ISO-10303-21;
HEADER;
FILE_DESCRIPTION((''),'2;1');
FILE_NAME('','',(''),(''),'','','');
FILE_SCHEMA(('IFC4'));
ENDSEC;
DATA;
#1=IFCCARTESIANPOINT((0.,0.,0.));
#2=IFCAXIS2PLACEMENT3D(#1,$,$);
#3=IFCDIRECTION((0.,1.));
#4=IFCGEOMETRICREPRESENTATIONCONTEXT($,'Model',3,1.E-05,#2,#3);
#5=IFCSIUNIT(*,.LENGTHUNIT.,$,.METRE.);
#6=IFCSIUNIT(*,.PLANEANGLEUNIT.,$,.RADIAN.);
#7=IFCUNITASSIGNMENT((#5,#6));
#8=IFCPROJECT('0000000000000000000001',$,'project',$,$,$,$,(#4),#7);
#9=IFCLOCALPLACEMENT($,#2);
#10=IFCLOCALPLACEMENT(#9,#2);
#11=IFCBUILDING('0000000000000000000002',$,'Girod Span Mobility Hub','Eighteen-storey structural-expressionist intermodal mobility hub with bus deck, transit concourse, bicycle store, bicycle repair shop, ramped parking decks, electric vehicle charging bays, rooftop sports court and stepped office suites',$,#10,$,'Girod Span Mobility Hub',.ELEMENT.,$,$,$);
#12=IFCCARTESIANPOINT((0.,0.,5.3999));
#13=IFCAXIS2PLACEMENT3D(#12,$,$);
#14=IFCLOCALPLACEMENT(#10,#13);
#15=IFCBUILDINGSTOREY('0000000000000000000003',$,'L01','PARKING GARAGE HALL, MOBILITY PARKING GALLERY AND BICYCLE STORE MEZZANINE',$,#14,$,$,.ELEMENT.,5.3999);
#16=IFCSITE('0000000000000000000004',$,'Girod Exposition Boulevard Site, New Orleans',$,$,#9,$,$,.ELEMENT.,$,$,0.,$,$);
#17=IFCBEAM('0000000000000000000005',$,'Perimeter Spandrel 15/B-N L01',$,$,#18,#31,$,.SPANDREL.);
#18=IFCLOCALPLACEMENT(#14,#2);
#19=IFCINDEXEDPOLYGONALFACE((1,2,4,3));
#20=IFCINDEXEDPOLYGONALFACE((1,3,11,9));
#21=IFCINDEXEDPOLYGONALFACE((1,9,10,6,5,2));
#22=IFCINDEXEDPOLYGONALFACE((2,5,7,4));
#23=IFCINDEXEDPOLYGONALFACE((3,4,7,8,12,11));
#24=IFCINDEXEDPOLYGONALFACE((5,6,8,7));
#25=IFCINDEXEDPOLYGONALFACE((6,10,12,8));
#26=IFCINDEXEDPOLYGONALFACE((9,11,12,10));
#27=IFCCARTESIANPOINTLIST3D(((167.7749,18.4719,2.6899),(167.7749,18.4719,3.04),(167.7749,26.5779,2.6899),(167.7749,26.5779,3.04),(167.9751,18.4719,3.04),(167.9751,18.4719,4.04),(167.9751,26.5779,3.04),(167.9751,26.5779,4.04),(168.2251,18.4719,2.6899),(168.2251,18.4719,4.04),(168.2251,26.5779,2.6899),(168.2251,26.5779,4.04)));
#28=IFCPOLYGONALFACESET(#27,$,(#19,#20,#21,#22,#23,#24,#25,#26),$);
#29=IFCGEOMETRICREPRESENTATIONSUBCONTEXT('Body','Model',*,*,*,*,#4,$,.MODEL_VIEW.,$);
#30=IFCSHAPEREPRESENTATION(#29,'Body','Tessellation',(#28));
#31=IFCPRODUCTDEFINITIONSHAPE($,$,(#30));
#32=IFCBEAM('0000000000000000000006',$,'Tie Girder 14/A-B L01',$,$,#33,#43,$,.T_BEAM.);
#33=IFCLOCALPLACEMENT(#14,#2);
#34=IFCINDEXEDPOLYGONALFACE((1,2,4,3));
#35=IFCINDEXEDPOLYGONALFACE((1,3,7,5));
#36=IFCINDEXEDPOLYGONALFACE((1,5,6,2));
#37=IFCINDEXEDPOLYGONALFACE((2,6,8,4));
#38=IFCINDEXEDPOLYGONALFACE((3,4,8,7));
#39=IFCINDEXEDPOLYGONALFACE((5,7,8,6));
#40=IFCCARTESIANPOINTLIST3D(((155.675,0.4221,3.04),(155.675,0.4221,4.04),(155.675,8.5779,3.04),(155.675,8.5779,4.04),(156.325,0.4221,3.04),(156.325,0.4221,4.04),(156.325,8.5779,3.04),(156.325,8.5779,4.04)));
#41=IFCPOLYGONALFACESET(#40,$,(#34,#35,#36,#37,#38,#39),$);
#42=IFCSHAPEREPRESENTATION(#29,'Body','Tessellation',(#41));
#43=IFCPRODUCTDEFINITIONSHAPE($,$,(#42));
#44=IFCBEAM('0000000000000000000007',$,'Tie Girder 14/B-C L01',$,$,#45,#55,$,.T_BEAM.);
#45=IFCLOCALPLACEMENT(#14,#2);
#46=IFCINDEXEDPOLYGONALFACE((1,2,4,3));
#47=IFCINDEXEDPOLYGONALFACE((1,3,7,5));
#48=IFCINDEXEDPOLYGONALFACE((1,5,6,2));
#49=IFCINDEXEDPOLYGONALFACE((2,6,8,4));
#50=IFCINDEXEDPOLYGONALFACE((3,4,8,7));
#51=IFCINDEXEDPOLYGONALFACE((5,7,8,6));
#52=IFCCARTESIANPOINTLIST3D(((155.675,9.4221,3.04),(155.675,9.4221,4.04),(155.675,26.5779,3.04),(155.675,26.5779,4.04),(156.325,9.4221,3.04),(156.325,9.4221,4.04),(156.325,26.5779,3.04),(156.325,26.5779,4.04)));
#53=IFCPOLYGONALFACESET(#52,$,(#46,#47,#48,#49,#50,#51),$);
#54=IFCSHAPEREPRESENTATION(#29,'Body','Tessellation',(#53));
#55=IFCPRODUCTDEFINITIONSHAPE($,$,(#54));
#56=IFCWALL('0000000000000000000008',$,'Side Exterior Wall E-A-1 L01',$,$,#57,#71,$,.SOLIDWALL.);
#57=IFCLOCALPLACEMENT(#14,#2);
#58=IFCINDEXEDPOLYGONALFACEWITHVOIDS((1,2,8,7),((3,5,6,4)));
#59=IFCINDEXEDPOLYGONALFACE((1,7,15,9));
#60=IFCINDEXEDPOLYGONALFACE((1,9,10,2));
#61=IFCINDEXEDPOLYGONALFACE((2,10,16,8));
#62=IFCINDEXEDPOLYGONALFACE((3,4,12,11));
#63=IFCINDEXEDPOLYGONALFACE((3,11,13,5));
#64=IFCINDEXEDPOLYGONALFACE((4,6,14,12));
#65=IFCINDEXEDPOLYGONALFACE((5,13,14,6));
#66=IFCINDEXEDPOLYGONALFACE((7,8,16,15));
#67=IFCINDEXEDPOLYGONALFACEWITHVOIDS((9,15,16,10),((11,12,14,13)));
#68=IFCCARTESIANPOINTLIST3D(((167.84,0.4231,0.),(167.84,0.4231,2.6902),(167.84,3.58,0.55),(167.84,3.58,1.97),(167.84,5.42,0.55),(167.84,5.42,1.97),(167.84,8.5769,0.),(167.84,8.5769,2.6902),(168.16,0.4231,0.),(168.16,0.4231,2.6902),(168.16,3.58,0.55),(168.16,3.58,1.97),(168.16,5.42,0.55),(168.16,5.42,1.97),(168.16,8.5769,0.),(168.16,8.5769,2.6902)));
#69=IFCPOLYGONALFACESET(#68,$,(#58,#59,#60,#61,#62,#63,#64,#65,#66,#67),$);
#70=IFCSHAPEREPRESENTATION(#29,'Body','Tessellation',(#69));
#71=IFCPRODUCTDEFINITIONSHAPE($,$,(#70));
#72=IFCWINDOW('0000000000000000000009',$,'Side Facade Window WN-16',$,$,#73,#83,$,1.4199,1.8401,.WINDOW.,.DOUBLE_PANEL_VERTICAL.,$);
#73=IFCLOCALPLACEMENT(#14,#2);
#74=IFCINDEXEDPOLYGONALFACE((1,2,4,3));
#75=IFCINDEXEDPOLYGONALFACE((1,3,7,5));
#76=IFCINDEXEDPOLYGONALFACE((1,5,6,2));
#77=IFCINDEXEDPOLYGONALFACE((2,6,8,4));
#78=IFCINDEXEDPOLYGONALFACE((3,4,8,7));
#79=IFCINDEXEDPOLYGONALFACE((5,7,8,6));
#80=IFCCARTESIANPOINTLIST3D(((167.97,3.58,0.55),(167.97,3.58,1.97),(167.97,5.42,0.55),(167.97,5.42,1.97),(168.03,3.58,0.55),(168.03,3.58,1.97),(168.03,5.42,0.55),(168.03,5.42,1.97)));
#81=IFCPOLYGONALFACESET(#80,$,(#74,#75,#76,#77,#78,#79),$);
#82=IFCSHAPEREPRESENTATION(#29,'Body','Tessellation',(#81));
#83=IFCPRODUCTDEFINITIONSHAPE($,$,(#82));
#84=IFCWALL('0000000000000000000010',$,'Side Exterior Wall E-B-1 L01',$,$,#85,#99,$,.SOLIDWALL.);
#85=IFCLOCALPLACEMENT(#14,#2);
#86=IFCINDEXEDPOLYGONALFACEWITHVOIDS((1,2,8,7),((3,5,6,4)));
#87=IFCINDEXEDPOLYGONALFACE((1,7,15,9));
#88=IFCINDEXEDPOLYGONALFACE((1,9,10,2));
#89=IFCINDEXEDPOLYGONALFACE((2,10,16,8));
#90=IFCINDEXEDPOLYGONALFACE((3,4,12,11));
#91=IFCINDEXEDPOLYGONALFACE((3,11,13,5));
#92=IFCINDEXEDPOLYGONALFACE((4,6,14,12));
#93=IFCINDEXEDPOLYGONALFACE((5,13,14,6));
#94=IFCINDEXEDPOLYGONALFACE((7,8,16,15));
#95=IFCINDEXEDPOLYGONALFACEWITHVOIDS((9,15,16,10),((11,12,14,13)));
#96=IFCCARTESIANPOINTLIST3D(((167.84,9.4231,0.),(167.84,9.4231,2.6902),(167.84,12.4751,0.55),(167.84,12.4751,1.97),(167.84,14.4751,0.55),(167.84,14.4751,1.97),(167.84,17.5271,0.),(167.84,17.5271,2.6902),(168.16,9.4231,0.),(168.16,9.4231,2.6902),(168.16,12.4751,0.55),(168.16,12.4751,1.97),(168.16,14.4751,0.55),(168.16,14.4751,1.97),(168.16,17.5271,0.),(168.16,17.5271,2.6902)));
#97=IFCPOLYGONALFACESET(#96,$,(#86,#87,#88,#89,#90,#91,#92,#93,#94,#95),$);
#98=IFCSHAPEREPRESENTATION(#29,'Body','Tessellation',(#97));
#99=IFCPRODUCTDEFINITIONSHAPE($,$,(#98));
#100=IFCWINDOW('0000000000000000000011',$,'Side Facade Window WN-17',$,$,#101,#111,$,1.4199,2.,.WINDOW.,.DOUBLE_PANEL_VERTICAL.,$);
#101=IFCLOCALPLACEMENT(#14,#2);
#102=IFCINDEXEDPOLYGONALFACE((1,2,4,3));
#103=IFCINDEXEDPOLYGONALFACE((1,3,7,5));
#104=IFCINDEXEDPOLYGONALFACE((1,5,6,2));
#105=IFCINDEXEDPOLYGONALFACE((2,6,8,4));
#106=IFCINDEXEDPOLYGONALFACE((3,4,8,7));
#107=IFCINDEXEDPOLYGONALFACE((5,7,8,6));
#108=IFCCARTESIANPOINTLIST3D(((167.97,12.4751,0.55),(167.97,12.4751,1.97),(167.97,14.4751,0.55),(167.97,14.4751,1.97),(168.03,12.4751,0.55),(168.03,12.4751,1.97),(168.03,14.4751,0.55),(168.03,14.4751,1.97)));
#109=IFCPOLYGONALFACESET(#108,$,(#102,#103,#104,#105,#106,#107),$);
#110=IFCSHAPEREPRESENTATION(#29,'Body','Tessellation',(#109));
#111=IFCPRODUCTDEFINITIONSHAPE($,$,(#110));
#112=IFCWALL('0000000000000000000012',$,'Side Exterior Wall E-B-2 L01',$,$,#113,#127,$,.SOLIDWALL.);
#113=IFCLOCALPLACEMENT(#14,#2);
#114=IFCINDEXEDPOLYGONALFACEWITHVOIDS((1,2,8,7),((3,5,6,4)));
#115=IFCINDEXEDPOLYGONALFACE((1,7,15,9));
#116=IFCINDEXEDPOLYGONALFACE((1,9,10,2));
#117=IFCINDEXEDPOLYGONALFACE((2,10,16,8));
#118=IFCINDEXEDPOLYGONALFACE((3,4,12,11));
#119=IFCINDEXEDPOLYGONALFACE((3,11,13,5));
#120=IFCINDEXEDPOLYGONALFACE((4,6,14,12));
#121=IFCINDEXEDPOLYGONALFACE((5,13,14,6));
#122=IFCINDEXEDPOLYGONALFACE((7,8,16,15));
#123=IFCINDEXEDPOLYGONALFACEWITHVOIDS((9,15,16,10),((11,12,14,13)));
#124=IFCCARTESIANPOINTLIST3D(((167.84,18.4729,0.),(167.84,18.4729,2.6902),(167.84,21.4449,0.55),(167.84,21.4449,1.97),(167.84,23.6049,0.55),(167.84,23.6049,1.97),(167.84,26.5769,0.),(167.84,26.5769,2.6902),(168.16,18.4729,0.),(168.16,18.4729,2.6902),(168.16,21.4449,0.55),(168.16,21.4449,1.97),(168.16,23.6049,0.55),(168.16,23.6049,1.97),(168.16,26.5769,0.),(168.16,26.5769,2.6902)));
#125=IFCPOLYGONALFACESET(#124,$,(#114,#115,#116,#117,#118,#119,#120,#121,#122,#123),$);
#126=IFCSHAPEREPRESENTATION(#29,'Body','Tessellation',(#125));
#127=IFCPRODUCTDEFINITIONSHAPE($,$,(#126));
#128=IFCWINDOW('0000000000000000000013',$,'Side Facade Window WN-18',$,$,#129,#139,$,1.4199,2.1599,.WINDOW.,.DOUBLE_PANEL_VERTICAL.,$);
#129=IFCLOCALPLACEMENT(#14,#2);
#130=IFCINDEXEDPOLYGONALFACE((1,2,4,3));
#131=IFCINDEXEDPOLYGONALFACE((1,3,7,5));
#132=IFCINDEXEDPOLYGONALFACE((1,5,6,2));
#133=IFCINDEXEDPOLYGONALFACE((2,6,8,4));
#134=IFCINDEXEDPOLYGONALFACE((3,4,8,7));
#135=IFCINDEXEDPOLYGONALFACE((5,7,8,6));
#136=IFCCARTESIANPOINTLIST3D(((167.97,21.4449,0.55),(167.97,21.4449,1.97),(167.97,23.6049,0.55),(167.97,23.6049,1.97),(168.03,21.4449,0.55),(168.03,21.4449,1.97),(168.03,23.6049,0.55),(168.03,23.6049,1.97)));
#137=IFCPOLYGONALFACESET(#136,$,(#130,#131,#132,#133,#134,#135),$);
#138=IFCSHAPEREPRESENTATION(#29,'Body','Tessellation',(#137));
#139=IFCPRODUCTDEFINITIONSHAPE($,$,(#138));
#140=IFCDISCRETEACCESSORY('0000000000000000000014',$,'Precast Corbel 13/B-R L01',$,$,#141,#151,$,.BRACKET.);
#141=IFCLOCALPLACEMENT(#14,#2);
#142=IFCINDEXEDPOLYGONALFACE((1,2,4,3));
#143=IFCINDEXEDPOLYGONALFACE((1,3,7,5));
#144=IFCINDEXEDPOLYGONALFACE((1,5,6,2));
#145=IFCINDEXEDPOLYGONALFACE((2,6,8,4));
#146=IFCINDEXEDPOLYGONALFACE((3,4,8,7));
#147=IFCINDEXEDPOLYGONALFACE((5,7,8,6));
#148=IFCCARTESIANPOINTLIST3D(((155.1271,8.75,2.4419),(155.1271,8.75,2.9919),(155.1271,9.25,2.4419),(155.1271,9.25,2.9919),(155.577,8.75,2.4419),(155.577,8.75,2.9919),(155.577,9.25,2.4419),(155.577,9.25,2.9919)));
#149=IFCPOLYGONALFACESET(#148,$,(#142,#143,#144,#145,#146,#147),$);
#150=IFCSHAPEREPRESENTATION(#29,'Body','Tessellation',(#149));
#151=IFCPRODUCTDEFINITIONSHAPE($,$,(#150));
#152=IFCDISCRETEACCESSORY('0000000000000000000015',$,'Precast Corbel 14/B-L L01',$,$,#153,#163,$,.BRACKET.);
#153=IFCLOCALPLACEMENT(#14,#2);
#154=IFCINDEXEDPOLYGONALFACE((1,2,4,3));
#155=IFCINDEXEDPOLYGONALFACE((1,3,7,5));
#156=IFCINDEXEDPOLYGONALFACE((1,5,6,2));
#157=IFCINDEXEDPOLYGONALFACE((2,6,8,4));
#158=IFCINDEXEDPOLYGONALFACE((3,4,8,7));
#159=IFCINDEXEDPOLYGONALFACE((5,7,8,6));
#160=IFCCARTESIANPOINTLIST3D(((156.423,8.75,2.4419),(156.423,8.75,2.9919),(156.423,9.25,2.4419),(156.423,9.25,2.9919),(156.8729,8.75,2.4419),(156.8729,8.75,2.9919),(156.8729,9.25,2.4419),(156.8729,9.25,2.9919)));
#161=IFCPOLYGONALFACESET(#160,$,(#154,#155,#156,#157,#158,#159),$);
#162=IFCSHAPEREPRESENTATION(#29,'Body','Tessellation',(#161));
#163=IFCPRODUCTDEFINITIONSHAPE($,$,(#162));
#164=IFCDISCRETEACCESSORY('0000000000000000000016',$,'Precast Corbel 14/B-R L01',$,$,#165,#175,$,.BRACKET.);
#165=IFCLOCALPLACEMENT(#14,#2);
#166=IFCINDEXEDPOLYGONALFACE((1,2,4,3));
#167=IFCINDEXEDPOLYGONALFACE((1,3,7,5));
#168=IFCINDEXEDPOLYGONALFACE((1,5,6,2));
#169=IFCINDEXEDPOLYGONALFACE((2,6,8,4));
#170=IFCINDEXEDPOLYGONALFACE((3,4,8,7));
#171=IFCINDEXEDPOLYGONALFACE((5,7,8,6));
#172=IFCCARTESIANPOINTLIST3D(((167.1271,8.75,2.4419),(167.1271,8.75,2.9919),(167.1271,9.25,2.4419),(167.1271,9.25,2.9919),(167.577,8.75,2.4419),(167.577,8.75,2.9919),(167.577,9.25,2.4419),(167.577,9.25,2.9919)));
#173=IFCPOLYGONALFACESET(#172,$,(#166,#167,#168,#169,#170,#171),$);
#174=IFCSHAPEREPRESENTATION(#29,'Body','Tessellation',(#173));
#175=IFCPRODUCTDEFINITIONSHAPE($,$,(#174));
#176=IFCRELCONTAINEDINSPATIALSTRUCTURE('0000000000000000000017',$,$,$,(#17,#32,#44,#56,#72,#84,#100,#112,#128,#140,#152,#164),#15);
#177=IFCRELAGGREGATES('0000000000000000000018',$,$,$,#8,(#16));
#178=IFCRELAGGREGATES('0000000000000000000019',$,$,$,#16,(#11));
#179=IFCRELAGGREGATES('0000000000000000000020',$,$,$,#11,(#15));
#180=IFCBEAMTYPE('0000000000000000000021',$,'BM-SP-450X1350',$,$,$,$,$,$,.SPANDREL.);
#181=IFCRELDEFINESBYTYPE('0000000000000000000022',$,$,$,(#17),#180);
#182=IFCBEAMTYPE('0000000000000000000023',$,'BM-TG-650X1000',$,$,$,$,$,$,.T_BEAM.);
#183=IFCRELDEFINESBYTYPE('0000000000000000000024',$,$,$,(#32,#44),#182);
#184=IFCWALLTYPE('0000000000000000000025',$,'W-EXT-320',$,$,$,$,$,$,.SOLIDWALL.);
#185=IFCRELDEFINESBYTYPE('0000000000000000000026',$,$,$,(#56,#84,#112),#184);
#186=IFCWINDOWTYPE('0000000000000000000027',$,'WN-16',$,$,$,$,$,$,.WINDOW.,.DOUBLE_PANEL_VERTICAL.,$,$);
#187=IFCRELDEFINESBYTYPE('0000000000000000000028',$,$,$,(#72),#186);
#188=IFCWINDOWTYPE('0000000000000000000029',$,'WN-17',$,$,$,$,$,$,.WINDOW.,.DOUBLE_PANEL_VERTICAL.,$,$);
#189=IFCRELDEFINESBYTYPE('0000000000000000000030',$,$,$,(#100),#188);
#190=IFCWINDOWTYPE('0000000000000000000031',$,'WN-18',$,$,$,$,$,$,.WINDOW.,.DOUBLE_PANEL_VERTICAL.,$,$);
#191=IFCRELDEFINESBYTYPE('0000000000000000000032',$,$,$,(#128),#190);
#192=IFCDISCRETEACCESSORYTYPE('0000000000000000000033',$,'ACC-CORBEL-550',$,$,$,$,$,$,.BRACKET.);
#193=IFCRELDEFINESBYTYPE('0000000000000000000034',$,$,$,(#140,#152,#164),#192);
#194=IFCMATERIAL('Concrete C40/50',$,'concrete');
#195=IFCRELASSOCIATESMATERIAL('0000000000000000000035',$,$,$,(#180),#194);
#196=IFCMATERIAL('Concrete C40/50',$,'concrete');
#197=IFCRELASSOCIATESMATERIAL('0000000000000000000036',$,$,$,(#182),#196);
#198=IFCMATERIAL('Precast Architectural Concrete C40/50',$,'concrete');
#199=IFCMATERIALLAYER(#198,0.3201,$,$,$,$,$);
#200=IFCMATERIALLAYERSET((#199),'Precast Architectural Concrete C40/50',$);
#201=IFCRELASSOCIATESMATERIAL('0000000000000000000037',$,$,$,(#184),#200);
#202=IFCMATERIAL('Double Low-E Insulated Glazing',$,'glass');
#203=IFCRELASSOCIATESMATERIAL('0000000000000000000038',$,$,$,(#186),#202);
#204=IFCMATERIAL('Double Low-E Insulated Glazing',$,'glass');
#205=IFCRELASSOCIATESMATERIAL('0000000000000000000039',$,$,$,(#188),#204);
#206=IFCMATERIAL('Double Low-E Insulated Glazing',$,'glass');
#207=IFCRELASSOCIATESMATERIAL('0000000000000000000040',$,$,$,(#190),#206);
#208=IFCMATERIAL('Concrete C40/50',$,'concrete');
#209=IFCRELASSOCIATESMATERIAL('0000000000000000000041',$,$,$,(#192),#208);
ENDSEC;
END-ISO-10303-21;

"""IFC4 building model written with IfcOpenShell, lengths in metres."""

from ifc_helpers import new_model, si_unit, direction, frame, frame_2d, origin, origin_2d, place, context, subcontext, project, spatial, polyline, rectangle, outline, extrude, material, layer, layer_set, material_profile, profile_set, type_object, element, fill, save


model = new_model("IFC4")

# Units and contexts
model_context = context("Model", 3, precision=1e-05, world=origin(), true_north=direction((0.0, 1.0)))
body_context = subcontext(model_context, "Body", "Model", "MODEL_VIEW")
ifc_project = project(units=[si_unit("LENGTHUNIT", "METRE"), si_unit("PLANEANGLEUNIT", "RADIAN")], contexts=[model_context])

# Site, building, storey
site_placement = place(None, origin())
site = spatial("IfcSite", under=ifc_project, at=site_placement, Name="Girod Exposition Boulevard Site, New Orleans", CompositionType="ELEMENT", RefElevation=0.0)
building_placement = place(site_placement, origin())
building = spatial("IfcBuilding", under=site, at=building_placement, Name="Girod Span Mobility Hub", Description="Eighteen-storey structural-expressionist intermodal mobility hub with bus deck, transit concourse, bicycle store, bicycle repair shop, ramped parking decks, electric vehicle charging bays, rooftop sports court and stepped office suites", LongName="Girod Span Mobility Hub", CompositionType="ELEMENT")
storey_placement = place(building_placement, frame((0.0, 0.0, 5.3999)))
storey = spatial("IfcBuildingStorey", under=building, at=storey_placement, Name="L01", Description="PARKING GARAGE HALL, MOBILITY PARKING GALLERY AND BICYCLE STORE MEZZANINE", CompositionType="ELEMENT", Elevation=5.3999)

# Beams
ifc_material_1 = material(Name="Concrete C40/50", Category="concrete")
ifc_material_profile_1 = material_profile(ifc_material_1, outline(polyline([(-0.2251, -0.675), (0.2251, -0.675), (0.2251, -0.325), (0.0249, -0.325), (0.0249, 0.675), (-0.2251, 0.675), (-0.2251, -0.675)])), Name="SP-450X1350")
ifc_profile_set_1 = profile_set([ifc_material_profile_1], Name="Concrete C40/50")
beam_type_1 = type_object("IfcBeamType", Name="BM-SP-450X1350", PredefinedType="SPANDREL", material=ifc_profile_set_1)
for number, where, z_axis, x_axis, name in (
    (1, (168.0, 18.4719, 3.365), (0.0, 1.0, 0.0), (-1.0, 0.0, 0.0), "Perimeter Spandrel 15/B-N L01"),
):
    element("IfcBeam", number, at=place(storey_placement, frame(where, z_axis=z_axis, x_axis=x_axis)), inside=storey, type_object=beam_type_1, Name=name, PredefinedType="SPANDREL", context=body_context, shape_type="SweptSolid", body=[
        extrude(outline(polyline([(-0.2251, -0.675), (0.2251, -0.675), (0.2251, -0.325), (0.0249, -0.325), (0.0249, 0.675), (-0.2251, 0.675), (-0.2251, -0.675)])), origin(), (0.0, 0.0, 1.0), 8.106),
    ])
ifc_material_2 = material(Name="Concrete C40/50", Category="concrete")
ifc_material_profile_2 = material_profile(ifc_material_2, rectangle(XDim=0.6499, YDim=1.0, at=origin_2d()), Name="TG-650X1000")
ifc_profile_set_2 = profile_set([ifc_material_profile_2], Name="Concrete C40/50")
beam_type_2 = type_object("IfcBeamType", Name="BM-TG-650X1000", PredefinedType="T_BEAM", material=ifc_profile_set_2)
beam_1_placement = place(storey_placement, frame((156.0, 0.4221, 3.54), z_axis=(0.0, 1.0, 0.0), x_axis=(-1.0, 0.0, 0.0)))
element("IfcBeam", 2, at=beam_1_placement, inside=storey, type_object=beam_type_2, Name="Tie Girder 14/A-B L01", PredefinedType="T_BEAM", context=body_context, shape_type="SweptSolid", body=[
    extrude(rectangle(XDim=0.6499, YDim=1.0, at=origin_2d()), origin(), (0.0, 0.0, 1.0), 8.1558),
])
beam_2_placement = place(storey_placement, frame((156.0, 9.4221, 3.54), z_axis=(0.0, 1.0, 0.0), x_axis=(-1.0, 0.0, 0.0)))
element("IfcBeam", 3, at=beam_2_placement, inside=storey, type_object=beam_type_2, Name="Tie Girder 14/B-C L01", PredefinedType="T_BEAM", context=body_context, shape_type="SweptSolid", body=[
    extrude(rectangle(XDim=0.6499, YDim=1.0, at=origin_2d()), origin(), (0.0, 0.0, 1.0), 17.1558),
])

# Walls, openings, windows
ifc_material_3 = material(Name="Precast Architectural Concrete C40/50", Category="concrete")
ifc_layer = layer(ifc_material_3, 0.3201)
ifc_layer_set = layer_set([ifc_layer], Name="Precast Architectural Concrete C40/50")
wall_type = type_object("IfcWallType", Name="W-EXT-320", PredefinedType="SOLIDWALL", material=ifc_layer_set)
wall_1_placement = place(storey_placement, frame((168.0, 0.4231, 0.0), z_axis=(0.0, 0.0, 1.0), x_axis=(0.0, 1.0, 0.0)))
wall_1 = element("IfcWall", 4, at=wall_1_placement, inside=storey, type_object=wall_type, Name="Side Exterior Wall E-A-1 L01", PredefinedType="SOLIDWALL", context=body_context, shape_type="SweptSolid", body=[
    extrude(rectangle(XDim=8.1538, YDim=0.3201, at=frame_2d((4.0769, 0.0))), origin(), (0.0, 0.0, 1.0), 2.6902),
])
opening_1_placement = place(wall_1_placement, frame((3.157, 0.0, 0.55)))
opening_1 = element("IfcOpeningElement", 5, at=opening_1_placement, cuts=wall_1, PredefinedType="OPENING", context=body_context, shape_type="SweptSolid", body=[
    extrude(rectangle(XDim=1.8401, YDim=1.4199, at=frame_2d((0.9199, 0.71))), frame((0.0, 0.175, 0.0), z_axis=(0.0, -1.0, 0.0), x_axis=(1.0, 0.0, 0.0)), (0.0, 0.0, 1.0), 0.3501),
])
ifc_material_4 = material(Name="Double Low-E Insulated Glazing", Category="glass")
window_type_1 = type_object("IfcWindowType", Name="WN-16", PartitioningType="DOUBLE_PANEL_VERTICAL", PredefinedType="WINDOW", material=ifc_material_4)
window_1_placement = place(opening_1_placement, origin())
window_1 = element("IfcWindow", 6, at=window_1_placement, inside=storey, type_object=window_type_1, Name="Side Facade Window WN-16", OverallHeight=1.4199, OverallWidth=1.8401, PartitioningType="DOUBLE_PANEL_VERTICAL", PredefinedType="WINDOW", context=body_context, shape_type="SweptSolid", body=[
    extrude(rectangle(XDim=1.8401, YDim=1.4199, at=frame_2d((0.9199, 0.71))), frame((0.0, 0.03, 0.0), z_axis=(0.0, -1.0, 0.0), x_axis=(1.0, 0.0, 0.0)), (0.0, 0.0, 1.0), 0.0601),
])
fill(opening_1, window_1)
wall_2_placement = place(storey_placement, frame((168.0, 9.4231, 0.0), z_axis=(0.0, 0.0, 1.0), x_axis=(0.0, 1.0, 0.0)))
wall_2 = element("IfcWall", 7, at=wall_2_placement, inside=storey, type_object=wall_type, Name="Side Exterior Wall E-B-1 L01", PredefinedType="SOLIDWALL", context=body_context, shape_type="SweptSolid", body=[
    extrude(rectangle(XDim=8.104, YDim=0.3201, at=frame_2d((4.052, 0.0))), origin(), (0.0, 0.0, 1.0), 2.6902),
])
opening_2_placement = place(wall_2_placement, frame((3.052, 0.0, 0.55)))
opening_2 = element("IfcOpeningElement", 8, at=opening_2_placement, cuts=wall_2, PredefinedType="OPENING", context=body_context, shape_type="SweptSolid", body=[
    extrude(rectangle(XDim=2.0, YDim=1.4199, at=frame_2d((1.0, 0.71))), frame((0.0, 0.175, 0.0), z_axis=(0.0, -1.0, 0.0), x_axis=(1.0, 0.0, 0.0)), (0.0, 0.0, 1.0), 0.3501),
])
ifc_material_5 = material(Name="Double Low-E Insulated Glazing", Category="glass")
window_type_2 = type_object("IfcWindowType", Name="WN-17", PartitioningType="DOUBLE_PANEL_VERTICAL", PredefinedType="WINDOW", material=ifc_material_5)
window_2_placement = place(opening_2_placement, origin())
window_2 = element("IfcWindow", 9, at=window_2_placement, inside=storey, type_object=window_type_2, Name="Side Facade Window WN-17", OverallHeight=1.4199, OverallWidth=2.0, PartitioningType="DOUBLE_PANEL_VERTICAL", PredefinedType="WINDOW", context=body_context, shape_type="SweptSolid", body=[
    extrude(rectangle(XDim=2.0, YDim=1.4199, at=frame_2d((1.0, 0.71))), frame((0.0, 0.03, 0.0), z_axis=(0.0, -1.0, 0.0), x_axis=(1.0, 0.0, 0.0)), (0.0, 0.0, 1.0), 0.0601),
])
fill(opening_2, window_2)
wall_3_placement = place(storey_placement, frame((168.0, 18.4729, 0.0), z_axis=(0.0, 0.0, 1.0), x_axis=(0.0, 1.0, 0.0)))
wall_3 = element("IfcWall", 10, at=wall_3_placement, inside=storey, type_object=wall_type, Name="Side Exterior Wall E-B-2 L01", PredefinedType="SOLIDWALL", context=body_context, shape_type="SweptSolid", body=[
    extrude(rectangle(XDim=8.104, YDim=0.3201, at=frame_2d((4.052, 0.0))), origin(), (0.0, 0.0, 1.0), 2.6902),
])
opening_3_placement = place(wall_3_placement, frame((2.9719, 0.0, 0.55)))
opening_3 = element("IfcOpeningElement", 11, at=opening_3_placement, cuts=wall_3, PredefinedType="OPENING", context=body_context, shape_type="SweptSolid", body=[
    extrude(rectangle(XDim=2.1599, YDim=1.4199, at=frame_2d((1.0801, 0.71))), frame((0.0, 0.175, 0.0), z_axis=(0.0, -1.0, 0.0), x_axis=(1.0, 0.0, 0.0)), (0.0, 0.0, 1.0), 0.3501),
])
ifc_material_6 = material(Name="Double Low-E Insulated Glazing", Category="glass")
window_type_3 = type_object("IfcWindowType", Name="WN-18", PartitioningType="DOUBLE_PANEL_VERTICAL", PredefinedType="WINDOW", material=ifc_material_6)
window_3_placement = place(opening_3_placement, origin())
window_3 = element("IfcWindow", 12, at=window_3_placement, inside=storey, type_object=window_type_3, Name="Side Facade Window WN-18", OverallHeight=1.4199, OverallWidth=2.1599, PartitioningType="DOUBLE_PANEL_VERTICAL", PredefinedType="WINDOW", context=body_context, shape_type="SweptSolid", body=[
    extrude(rectangle(XDim=2.1599, YDim=1.4199, at=frame_2d((1.0801, 0.71))), frame((0.0, 0.03, 0.0), z_axis=(0.0, -1.0, 0.0), x_axis=(1.0, 0.0, 0.0)), (0.0, 0.0, 1.0), 0.0601),
])
fill(opening_3, window_3)

# Discrete accessories
ifc_material_7 = material(Name="Concrete C40/50", Category="concrete")
discrete_accessory_type = type_object("IfcDiscreteAccessoryType", Name="ACC-CORBEL-550", PredefinedType="BRACKET", material=ifc_material_7)
for number, where, z_axis, x_axis, name in (
    (13, (155.3521, 9.0, 2.4419), (0.0, 0.0, 1.0), (1.0, 0.0, 0.0), "Precast Corbel 13/B-R L01"),
    (14, (156.6479, 9.0, 2.4419), (0.0, 0.0, 1.0), (1.0, 0.0, 0.0), "Precast Corbel 14/B-L L01"),
    (15, (167.3521, 9.0, 2.4419), (0.0, 0.0, 1.0), (1.0, 0.0, 0.0), "Precast Corbel 14/B-R L01"),
):
    element("IfcDiscreteAccessory", number, at=place(storey_placement, frame(where, z_axis=z_axis, x_axis=x_axis)), inside=storey, type_object=discrete_accessory_type, Name=name, PredefinedType="BRACKET", context=body_context, shape_type="SweptSolid", body=[
        extrude(rectangle(XDim=0.45, YDim=0.5, at=origin_2d()), origin(), (0.0, 0.0, 1.0), 0.55),
    ])

save(model, "model.ifc")
